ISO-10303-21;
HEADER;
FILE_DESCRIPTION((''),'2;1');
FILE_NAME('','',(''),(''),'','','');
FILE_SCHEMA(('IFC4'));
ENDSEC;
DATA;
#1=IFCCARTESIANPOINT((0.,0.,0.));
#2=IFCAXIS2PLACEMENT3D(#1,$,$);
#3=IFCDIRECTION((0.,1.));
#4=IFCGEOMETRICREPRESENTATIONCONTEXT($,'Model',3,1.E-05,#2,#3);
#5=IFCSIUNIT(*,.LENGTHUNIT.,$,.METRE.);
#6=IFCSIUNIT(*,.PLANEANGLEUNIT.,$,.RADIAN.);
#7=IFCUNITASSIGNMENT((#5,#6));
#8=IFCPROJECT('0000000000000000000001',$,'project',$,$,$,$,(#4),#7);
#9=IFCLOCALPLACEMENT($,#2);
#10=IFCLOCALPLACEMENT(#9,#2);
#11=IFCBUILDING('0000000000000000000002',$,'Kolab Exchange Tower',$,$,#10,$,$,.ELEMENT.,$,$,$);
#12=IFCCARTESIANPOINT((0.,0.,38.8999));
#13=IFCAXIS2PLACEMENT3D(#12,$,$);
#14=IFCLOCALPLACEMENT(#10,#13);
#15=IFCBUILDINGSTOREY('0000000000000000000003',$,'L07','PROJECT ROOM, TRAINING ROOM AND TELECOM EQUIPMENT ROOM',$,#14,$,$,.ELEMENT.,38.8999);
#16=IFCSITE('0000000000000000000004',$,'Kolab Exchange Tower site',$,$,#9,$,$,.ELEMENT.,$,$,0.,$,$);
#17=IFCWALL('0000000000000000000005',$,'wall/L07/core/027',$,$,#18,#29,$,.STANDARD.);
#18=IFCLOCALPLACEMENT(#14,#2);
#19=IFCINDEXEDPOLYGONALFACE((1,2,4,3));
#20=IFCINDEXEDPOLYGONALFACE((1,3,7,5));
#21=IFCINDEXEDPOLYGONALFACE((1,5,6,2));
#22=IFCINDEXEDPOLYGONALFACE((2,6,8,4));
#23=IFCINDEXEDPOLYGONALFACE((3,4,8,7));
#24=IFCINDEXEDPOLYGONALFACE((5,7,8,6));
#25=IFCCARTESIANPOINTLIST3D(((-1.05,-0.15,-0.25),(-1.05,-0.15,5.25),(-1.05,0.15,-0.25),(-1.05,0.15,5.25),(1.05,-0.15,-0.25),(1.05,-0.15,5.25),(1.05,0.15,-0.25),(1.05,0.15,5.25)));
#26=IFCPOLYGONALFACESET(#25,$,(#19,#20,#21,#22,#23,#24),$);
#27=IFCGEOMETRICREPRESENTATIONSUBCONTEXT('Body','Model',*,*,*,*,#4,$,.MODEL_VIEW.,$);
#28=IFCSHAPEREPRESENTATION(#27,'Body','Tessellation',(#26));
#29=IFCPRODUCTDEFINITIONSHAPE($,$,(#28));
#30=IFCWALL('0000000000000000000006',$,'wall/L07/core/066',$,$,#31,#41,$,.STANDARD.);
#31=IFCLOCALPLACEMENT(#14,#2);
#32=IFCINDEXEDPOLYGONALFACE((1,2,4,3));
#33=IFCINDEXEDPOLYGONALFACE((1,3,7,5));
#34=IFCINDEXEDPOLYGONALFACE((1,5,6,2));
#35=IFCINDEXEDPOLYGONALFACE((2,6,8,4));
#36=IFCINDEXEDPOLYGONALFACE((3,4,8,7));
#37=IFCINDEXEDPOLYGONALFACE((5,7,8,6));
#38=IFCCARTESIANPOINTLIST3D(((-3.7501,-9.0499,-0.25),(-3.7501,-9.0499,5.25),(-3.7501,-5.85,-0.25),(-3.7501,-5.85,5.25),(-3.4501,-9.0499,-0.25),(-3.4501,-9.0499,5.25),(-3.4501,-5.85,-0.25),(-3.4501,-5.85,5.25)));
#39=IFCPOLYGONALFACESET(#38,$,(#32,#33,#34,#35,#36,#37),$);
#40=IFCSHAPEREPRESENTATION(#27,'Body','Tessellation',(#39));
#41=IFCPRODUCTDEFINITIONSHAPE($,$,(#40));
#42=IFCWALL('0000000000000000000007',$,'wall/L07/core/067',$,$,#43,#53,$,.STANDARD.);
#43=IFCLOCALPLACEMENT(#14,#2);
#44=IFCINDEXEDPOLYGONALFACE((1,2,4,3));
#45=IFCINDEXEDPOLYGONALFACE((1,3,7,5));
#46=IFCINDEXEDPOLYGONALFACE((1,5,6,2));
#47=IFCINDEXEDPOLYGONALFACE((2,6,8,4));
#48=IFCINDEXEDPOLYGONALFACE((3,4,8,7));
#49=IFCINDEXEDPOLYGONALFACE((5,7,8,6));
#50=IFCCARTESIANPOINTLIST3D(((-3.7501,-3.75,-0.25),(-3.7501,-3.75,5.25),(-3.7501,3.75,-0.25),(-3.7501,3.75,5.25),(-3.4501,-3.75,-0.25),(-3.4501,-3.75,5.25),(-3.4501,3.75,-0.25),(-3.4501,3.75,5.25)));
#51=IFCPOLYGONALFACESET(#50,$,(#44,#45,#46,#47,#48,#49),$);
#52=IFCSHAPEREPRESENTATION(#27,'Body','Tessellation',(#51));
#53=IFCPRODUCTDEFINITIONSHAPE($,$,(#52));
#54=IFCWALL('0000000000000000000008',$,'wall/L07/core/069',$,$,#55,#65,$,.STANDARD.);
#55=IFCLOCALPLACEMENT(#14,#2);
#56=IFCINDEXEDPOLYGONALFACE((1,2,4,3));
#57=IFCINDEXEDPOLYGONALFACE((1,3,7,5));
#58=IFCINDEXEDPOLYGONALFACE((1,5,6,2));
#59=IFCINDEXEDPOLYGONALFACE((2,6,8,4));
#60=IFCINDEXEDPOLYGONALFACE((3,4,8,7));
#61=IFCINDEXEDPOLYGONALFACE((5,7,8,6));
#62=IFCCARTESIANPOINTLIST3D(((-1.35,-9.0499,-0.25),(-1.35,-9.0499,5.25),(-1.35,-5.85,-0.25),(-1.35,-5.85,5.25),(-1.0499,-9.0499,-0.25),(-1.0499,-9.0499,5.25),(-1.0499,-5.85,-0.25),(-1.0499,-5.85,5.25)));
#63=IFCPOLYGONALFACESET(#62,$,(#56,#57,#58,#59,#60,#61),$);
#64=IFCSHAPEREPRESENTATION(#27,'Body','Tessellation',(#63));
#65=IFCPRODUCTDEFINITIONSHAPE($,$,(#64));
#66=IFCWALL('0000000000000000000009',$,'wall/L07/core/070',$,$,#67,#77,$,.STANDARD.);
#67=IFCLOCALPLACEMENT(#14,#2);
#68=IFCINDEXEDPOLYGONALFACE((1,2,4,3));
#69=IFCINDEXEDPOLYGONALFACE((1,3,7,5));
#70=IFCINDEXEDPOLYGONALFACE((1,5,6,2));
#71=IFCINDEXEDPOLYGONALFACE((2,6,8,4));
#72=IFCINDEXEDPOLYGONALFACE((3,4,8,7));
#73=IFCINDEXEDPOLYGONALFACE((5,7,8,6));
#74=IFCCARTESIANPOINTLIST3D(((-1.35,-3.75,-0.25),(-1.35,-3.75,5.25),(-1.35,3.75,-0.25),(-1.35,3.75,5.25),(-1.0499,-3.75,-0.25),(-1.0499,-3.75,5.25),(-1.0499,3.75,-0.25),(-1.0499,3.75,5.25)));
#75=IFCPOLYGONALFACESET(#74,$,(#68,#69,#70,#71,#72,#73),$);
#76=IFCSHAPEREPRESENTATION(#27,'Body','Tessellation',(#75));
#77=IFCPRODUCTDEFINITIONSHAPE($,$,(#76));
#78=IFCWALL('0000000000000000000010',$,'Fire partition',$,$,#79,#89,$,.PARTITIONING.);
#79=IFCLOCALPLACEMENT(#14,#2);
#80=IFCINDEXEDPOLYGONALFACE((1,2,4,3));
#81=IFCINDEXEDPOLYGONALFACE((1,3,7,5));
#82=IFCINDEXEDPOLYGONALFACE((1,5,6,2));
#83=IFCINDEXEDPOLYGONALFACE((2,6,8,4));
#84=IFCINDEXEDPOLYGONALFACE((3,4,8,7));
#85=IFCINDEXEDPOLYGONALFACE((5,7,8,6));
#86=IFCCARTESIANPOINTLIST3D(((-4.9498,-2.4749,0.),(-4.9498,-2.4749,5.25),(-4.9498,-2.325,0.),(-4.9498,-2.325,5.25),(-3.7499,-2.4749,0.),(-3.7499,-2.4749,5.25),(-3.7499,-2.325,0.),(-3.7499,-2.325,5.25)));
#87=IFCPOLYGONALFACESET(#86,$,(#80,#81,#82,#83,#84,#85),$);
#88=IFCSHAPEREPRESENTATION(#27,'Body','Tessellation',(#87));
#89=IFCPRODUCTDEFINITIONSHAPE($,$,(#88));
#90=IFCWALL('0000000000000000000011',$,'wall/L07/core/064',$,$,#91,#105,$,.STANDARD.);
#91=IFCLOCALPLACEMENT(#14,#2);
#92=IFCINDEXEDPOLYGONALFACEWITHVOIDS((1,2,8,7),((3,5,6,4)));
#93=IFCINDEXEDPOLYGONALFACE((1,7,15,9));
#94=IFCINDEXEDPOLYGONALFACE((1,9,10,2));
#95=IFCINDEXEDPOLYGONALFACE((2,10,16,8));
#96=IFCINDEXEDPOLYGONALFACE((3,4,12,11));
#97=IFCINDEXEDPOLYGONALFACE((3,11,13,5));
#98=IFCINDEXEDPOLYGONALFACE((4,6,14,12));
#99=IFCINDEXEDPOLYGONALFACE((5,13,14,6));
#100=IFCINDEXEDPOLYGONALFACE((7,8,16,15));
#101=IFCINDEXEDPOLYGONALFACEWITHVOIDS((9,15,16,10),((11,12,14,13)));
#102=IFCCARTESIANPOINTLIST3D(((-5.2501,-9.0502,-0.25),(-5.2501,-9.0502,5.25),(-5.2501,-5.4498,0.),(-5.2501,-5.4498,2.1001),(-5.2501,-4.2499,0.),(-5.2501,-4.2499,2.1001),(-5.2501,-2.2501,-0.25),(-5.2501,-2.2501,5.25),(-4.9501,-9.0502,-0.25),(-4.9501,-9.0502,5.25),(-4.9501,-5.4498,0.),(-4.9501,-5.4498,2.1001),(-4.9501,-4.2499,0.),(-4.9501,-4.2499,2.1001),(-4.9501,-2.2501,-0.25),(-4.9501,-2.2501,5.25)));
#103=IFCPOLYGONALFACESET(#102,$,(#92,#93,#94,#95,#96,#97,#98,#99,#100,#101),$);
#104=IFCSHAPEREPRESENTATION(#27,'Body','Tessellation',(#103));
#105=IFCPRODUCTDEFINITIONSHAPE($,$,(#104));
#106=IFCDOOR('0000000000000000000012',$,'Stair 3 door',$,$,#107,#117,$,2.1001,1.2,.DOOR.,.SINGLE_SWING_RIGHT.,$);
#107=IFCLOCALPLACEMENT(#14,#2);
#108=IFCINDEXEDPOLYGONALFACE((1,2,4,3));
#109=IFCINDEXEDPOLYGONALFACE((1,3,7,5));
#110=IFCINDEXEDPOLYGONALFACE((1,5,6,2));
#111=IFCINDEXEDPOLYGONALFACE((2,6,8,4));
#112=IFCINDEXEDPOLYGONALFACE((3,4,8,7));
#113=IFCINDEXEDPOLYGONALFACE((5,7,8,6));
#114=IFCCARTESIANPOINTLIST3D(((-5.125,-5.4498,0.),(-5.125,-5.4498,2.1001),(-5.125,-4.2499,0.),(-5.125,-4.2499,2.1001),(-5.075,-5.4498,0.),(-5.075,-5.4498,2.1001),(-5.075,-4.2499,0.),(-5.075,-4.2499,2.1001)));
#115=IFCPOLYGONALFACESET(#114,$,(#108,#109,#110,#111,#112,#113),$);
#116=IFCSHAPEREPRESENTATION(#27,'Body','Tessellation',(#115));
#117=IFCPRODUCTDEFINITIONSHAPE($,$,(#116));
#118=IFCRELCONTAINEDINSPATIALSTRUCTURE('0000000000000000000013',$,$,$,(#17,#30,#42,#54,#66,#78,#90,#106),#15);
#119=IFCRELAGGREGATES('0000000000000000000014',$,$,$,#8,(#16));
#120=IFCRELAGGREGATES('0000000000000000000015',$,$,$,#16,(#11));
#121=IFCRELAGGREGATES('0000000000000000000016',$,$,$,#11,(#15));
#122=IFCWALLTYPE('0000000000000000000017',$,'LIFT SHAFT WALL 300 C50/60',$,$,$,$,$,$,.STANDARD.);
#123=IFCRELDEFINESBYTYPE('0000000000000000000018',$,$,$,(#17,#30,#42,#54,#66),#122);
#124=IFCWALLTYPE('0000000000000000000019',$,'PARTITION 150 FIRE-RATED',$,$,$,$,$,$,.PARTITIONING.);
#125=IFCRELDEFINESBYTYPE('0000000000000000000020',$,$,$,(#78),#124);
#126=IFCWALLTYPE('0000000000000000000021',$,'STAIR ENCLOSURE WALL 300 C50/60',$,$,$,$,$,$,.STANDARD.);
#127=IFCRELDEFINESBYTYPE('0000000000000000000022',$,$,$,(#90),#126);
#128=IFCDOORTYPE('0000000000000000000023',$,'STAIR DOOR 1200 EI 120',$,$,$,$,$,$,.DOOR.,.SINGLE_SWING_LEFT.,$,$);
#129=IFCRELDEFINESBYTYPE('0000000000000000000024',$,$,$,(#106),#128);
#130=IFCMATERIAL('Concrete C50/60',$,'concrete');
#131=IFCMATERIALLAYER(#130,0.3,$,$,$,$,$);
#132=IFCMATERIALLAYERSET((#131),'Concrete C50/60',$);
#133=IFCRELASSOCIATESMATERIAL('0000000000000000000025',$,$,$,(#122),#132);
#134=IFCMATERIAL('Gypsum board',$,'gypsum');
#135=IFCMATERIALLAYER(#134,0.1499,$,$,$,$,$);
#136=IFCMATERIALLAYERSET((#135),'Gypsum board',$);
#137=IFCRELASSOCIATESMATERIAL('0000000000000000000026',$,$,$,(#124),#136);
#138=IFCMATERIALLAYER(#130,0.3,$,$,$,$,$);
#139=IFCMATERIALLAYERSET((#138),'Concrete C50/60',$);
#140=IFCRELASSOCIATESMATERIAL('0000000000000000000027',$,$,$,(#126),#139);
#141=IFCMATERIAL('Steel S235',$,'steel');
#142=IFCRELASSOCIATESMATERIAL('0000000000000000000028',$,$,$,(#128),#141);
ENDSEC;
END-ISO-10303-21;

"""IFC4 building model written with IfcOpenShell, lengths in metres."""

from ifc_helpers import new_model, si_unit, direction, frame, frame_2d, origin, place, context, subcontext, project, spatial, rectangle, extrude, material, layer, layer_set, type_object, element, fill, save


model = new_model("IFC4")

# Units and contexts
model_context = context("Model", 3, precision=1e-05, world=origin(), true_north=direction((0.0, 1.0)))
body_context = subcontext(model_context, "Body", "Model", "MODEL_VIEW")
ifc_project = project(units=[si_unit("LENGTHUNIT", "METRE"), si_unit("PLANEANGLEUNIT", "RADIAN")], contexts=[model_context])

# Site, building, storey
site_placement = place(None, origin())
site = spatial("IfcSite", under=ifc_project, at=site_placement, Name="Kolab Exchange Tower site", CompositionType="ELEMENT", RefElevation=0.0)
building_placement = place(site_placement, origin())
building = spatial("IfcBuilding", under=site, at=building_placement, Name="Kolab Exchange Tower", CompositionType="ELEMENT")
storey_placement = place(building_placement, frame((0.0, 0.0, 38.8999)))
storey = spatial("IfcBuildingStorey", under=building, at=storey_placement, Name="L07", Description="PROJECT ROOM, TRAINING ROOM AND TELECOM EQUIPMENT ROOM", CompositionType="ELEMENT", Elevation=38.8999)

# Shared definitions
ifc_material_1 = material(Name="Steel S235", Category="steel")
ifc_material_2 = material(Name="Concrete C50/60", Category="concrete")
ifc_layer_1 = layer(ifc_material_2, 0.3)
ifc_layer_set_1 = layer_set([ifc_layer_1], Name="Concrete C50/60")
wall_type_1 = type_object("IfcWallType", Name="LIFT SHAFT WALL 300 C50/60", PredefinedType="STANDARD", material=ifc_layer_set_1)

# Walls
wall_1_placement = place(storey_placement, frame((-1.05, 0.0, -0.25), z_axis=(0.0, 0.0, 1.0), x_axis=(1.0, 0.0, 0.0)))
element("IfcWall", 1, at=wall_1_placement, inside=storey, type_object=wall_type_1, Name="wall/L07/core/027", PredefinedType="STANDARD", context=body_context, shape_type="SweptSolid", body=[
    extrude(rectangle(XDim=2.1001, YDim=0.3, at=frame_2d((1.05, 0.0))), origin(), (0.0, 0.0, 1.0), 5.5),
])
wall_2_placement = place(storey_placement, frame((-3.6001, -9.05, -0.25), z_axis=(0.0, 0.0, 1.0), x_axis=(0.0, 1.0, 0.0)))
element("IfcWall", 2, at=wall_2_placement, inside=storey, type_object=wall_type_1, Name="wall/L07/core/066", PredefinedType="STANDARD", context=body_context, shape_type="SweptSolid", body=[
    extrude(rectangle(XDim=3.2, YDim=0.3, at=frame_2d((1.6001, 0.0))), origin(), (0.0, 0.0, 1.0), 5.5),
])
wall_3_placement = place(storey_placement, frame((-3.6001, -3.75, -0.25), z_axis=(0.0, 0.0, 1.0), x_axis=(0.0, 1.0, 0.0)))
element("IfcWall", 3, at=wall_3_placement, inside=storey, type_object=wall_type_1, Name="wall/L07/core/067", PredefinedType="STANDARD", context=body_context, shape_type="SweptSolid", body=[
    extrude(rectangle(XDim=7.5, YDim=0.3, at=frame_2d((3.75, 0.0))), origin(), (0.0, 0.0, 1.0), 5.5),
])
wall_4_placement = place(storey_placement, frame((-1.2, -9.05, -0.25), z_axis=(0.0, 0.0, 1.0), x_axis=(0.0, 1.0, 0.0)))
element("IfcWall", 4, at=wall_4_placement, inside=storey, type_object=wall_type_1, Name="wall/L07/core/069", PredefinedType="STANDARD", context=body_context, shape_type="SweptSolid", body=[
    extrude(rectangle(XDim=3.2, YDim=0.3, at=frame_2d((1.6001, 0.0))), origin(), (0.0, 0.0, 1.0), 5.5),
])
wall_5_placement = place(storey_placement, frame((-1.2, -3.75, -0.25), z_axis=(0.0, 0.0, 1.0), x_axis=(0.0, 1.0, 0.0)))
element("IfcWall", 5, at=wall_5_placement, inside=storey, type_object=wall_type_1, Name="wall/L07/core/070", PredefinedType="STANDARD", context=body_context, shape_type="SweptSolid", body=[
    extrude(rectangle(XDim=7.5, YDim=0.3, at=frame_2d((3.75, 0.0))), origin(), (0.0, 0.0, 1.0), 5.5),
])
ifc_material_3 = material(Name="Gypsum board", Category="gypsum")
ifc_layer_2 = layer(ifc_material_3, 0.1499)
ifc_layer_set_2 = layer_set([ifc_layer_2], Name="Gypsum board")
wall_type_2 = type_object("IfcWallType", Name="PARTITION 150 FIRE-RATED", PredefinedType="PARTITIONING", material=ifc_layer_set_2)
wall_6_placement = place(storey_placement, frame((-4.95, -2.3999, 0.0), z_axis=(0.0, 0.0, 1.0), x_axis=(1.0, 0.0, 0.0)))
element("IfcWall", 6, at=wall_6_placement, inside=storey, type_object=wall_type_2, Name="Fire partition", PredefinedType="PARTITIONING", context=body_context, shape_type="SweptSolid", body=[
    extrude(rectangle(XDim=1.2, YDim=0.1499, at=frame_2d((0.6001, 0.0))), origin(), (0.0, 0.0, 1.0), 5.25),
])

# Wall, opening, door
ifc_layer_3 = layer(ifc_material_2, 0.3)
ifc_layer_set_3 = layer_set([ifc_layer_3], Name="Concrete C50/60")
wall_type_3 = type_object("IfcWallType", Name="STAIR ENCLOSURE WALL 300 C50/60", PredefinedType="STANDARD", material=ifc_layer_set_3)
wall_7_placement = place(storey_placement, frame((-5.1001, -9.05, -0.25), z_axis=(0.0, 0.0, 1.0), x_axis=(0.0, 1.0, 0.0)))
wall_7 = element("IfcWall", 7, at=wall_7_placement, inside=storey, type_object=wall_type_3, Name="wall/L07/core/064", PredefinedType="STANDARD", context=body_context, shape_type="SweptSolid", body=[
    extrude(rectangle(XDim=6.8, YDim=0.3, at=frame_2d((3.3999, 0.0))), origin(), (0.0, 0.0, 1.0), 5.5),
])
opening_1_placement = place(wall_7_placement, frame((3.6001, 0.0, 0.25)))
opening_1 = element("IfcOpeningElement", 8, at=opening_1_placement, cuts=wall_7, PredefinedType="OPENING", context=body_context, shape_type="SweptSolid", body=[
    extrude(rectangle(XDim=1.2, YDim=2.1001, at=frame_2d((0.6001, 1.05))), frame((0.0, 0.1602, 0.0), z_axis=(0.0, -1.0, 0.0), x_axis=(1.0, 0.0, 0.0)), (0.0, 0.0, 1.0), 0.3201),
])
door_type_1 = type_object("IfcDoorType", Name="STAIR DOOR 1200 EI 120", OperationType="SINGLE_SWING_LEFT", PredefinedType="DOOR", material=ifc_material_1)
door_1_placement = place(opening_1_placement, origin())
door_1 = element("IfcDoor", 9, at=door_1_placement, inside=storey, type_object=door_type_1, Name="Stair 3 door", OperationType="SINGLE_SWING_RIGHT", OverallHeight=2.1001, OverallWidth=1.2, PredefinedType="DOOR", context=body_context, shape_type="SweptSolid", body=[
    extrude(rectangle(XDim=1.2, YDim=2.1001, at=frame_2d((0.6001, 1.05))), frame((0.0, 0.0249, 0.0), z_axis=(0.0, -1.0, 0.0), x_axis=(1.0, 0.0, 0.0)), (0.0, 0.0, 1.0), 0.05),
])
fill(opening_1, door_1)

save(model, "model.ifc")
